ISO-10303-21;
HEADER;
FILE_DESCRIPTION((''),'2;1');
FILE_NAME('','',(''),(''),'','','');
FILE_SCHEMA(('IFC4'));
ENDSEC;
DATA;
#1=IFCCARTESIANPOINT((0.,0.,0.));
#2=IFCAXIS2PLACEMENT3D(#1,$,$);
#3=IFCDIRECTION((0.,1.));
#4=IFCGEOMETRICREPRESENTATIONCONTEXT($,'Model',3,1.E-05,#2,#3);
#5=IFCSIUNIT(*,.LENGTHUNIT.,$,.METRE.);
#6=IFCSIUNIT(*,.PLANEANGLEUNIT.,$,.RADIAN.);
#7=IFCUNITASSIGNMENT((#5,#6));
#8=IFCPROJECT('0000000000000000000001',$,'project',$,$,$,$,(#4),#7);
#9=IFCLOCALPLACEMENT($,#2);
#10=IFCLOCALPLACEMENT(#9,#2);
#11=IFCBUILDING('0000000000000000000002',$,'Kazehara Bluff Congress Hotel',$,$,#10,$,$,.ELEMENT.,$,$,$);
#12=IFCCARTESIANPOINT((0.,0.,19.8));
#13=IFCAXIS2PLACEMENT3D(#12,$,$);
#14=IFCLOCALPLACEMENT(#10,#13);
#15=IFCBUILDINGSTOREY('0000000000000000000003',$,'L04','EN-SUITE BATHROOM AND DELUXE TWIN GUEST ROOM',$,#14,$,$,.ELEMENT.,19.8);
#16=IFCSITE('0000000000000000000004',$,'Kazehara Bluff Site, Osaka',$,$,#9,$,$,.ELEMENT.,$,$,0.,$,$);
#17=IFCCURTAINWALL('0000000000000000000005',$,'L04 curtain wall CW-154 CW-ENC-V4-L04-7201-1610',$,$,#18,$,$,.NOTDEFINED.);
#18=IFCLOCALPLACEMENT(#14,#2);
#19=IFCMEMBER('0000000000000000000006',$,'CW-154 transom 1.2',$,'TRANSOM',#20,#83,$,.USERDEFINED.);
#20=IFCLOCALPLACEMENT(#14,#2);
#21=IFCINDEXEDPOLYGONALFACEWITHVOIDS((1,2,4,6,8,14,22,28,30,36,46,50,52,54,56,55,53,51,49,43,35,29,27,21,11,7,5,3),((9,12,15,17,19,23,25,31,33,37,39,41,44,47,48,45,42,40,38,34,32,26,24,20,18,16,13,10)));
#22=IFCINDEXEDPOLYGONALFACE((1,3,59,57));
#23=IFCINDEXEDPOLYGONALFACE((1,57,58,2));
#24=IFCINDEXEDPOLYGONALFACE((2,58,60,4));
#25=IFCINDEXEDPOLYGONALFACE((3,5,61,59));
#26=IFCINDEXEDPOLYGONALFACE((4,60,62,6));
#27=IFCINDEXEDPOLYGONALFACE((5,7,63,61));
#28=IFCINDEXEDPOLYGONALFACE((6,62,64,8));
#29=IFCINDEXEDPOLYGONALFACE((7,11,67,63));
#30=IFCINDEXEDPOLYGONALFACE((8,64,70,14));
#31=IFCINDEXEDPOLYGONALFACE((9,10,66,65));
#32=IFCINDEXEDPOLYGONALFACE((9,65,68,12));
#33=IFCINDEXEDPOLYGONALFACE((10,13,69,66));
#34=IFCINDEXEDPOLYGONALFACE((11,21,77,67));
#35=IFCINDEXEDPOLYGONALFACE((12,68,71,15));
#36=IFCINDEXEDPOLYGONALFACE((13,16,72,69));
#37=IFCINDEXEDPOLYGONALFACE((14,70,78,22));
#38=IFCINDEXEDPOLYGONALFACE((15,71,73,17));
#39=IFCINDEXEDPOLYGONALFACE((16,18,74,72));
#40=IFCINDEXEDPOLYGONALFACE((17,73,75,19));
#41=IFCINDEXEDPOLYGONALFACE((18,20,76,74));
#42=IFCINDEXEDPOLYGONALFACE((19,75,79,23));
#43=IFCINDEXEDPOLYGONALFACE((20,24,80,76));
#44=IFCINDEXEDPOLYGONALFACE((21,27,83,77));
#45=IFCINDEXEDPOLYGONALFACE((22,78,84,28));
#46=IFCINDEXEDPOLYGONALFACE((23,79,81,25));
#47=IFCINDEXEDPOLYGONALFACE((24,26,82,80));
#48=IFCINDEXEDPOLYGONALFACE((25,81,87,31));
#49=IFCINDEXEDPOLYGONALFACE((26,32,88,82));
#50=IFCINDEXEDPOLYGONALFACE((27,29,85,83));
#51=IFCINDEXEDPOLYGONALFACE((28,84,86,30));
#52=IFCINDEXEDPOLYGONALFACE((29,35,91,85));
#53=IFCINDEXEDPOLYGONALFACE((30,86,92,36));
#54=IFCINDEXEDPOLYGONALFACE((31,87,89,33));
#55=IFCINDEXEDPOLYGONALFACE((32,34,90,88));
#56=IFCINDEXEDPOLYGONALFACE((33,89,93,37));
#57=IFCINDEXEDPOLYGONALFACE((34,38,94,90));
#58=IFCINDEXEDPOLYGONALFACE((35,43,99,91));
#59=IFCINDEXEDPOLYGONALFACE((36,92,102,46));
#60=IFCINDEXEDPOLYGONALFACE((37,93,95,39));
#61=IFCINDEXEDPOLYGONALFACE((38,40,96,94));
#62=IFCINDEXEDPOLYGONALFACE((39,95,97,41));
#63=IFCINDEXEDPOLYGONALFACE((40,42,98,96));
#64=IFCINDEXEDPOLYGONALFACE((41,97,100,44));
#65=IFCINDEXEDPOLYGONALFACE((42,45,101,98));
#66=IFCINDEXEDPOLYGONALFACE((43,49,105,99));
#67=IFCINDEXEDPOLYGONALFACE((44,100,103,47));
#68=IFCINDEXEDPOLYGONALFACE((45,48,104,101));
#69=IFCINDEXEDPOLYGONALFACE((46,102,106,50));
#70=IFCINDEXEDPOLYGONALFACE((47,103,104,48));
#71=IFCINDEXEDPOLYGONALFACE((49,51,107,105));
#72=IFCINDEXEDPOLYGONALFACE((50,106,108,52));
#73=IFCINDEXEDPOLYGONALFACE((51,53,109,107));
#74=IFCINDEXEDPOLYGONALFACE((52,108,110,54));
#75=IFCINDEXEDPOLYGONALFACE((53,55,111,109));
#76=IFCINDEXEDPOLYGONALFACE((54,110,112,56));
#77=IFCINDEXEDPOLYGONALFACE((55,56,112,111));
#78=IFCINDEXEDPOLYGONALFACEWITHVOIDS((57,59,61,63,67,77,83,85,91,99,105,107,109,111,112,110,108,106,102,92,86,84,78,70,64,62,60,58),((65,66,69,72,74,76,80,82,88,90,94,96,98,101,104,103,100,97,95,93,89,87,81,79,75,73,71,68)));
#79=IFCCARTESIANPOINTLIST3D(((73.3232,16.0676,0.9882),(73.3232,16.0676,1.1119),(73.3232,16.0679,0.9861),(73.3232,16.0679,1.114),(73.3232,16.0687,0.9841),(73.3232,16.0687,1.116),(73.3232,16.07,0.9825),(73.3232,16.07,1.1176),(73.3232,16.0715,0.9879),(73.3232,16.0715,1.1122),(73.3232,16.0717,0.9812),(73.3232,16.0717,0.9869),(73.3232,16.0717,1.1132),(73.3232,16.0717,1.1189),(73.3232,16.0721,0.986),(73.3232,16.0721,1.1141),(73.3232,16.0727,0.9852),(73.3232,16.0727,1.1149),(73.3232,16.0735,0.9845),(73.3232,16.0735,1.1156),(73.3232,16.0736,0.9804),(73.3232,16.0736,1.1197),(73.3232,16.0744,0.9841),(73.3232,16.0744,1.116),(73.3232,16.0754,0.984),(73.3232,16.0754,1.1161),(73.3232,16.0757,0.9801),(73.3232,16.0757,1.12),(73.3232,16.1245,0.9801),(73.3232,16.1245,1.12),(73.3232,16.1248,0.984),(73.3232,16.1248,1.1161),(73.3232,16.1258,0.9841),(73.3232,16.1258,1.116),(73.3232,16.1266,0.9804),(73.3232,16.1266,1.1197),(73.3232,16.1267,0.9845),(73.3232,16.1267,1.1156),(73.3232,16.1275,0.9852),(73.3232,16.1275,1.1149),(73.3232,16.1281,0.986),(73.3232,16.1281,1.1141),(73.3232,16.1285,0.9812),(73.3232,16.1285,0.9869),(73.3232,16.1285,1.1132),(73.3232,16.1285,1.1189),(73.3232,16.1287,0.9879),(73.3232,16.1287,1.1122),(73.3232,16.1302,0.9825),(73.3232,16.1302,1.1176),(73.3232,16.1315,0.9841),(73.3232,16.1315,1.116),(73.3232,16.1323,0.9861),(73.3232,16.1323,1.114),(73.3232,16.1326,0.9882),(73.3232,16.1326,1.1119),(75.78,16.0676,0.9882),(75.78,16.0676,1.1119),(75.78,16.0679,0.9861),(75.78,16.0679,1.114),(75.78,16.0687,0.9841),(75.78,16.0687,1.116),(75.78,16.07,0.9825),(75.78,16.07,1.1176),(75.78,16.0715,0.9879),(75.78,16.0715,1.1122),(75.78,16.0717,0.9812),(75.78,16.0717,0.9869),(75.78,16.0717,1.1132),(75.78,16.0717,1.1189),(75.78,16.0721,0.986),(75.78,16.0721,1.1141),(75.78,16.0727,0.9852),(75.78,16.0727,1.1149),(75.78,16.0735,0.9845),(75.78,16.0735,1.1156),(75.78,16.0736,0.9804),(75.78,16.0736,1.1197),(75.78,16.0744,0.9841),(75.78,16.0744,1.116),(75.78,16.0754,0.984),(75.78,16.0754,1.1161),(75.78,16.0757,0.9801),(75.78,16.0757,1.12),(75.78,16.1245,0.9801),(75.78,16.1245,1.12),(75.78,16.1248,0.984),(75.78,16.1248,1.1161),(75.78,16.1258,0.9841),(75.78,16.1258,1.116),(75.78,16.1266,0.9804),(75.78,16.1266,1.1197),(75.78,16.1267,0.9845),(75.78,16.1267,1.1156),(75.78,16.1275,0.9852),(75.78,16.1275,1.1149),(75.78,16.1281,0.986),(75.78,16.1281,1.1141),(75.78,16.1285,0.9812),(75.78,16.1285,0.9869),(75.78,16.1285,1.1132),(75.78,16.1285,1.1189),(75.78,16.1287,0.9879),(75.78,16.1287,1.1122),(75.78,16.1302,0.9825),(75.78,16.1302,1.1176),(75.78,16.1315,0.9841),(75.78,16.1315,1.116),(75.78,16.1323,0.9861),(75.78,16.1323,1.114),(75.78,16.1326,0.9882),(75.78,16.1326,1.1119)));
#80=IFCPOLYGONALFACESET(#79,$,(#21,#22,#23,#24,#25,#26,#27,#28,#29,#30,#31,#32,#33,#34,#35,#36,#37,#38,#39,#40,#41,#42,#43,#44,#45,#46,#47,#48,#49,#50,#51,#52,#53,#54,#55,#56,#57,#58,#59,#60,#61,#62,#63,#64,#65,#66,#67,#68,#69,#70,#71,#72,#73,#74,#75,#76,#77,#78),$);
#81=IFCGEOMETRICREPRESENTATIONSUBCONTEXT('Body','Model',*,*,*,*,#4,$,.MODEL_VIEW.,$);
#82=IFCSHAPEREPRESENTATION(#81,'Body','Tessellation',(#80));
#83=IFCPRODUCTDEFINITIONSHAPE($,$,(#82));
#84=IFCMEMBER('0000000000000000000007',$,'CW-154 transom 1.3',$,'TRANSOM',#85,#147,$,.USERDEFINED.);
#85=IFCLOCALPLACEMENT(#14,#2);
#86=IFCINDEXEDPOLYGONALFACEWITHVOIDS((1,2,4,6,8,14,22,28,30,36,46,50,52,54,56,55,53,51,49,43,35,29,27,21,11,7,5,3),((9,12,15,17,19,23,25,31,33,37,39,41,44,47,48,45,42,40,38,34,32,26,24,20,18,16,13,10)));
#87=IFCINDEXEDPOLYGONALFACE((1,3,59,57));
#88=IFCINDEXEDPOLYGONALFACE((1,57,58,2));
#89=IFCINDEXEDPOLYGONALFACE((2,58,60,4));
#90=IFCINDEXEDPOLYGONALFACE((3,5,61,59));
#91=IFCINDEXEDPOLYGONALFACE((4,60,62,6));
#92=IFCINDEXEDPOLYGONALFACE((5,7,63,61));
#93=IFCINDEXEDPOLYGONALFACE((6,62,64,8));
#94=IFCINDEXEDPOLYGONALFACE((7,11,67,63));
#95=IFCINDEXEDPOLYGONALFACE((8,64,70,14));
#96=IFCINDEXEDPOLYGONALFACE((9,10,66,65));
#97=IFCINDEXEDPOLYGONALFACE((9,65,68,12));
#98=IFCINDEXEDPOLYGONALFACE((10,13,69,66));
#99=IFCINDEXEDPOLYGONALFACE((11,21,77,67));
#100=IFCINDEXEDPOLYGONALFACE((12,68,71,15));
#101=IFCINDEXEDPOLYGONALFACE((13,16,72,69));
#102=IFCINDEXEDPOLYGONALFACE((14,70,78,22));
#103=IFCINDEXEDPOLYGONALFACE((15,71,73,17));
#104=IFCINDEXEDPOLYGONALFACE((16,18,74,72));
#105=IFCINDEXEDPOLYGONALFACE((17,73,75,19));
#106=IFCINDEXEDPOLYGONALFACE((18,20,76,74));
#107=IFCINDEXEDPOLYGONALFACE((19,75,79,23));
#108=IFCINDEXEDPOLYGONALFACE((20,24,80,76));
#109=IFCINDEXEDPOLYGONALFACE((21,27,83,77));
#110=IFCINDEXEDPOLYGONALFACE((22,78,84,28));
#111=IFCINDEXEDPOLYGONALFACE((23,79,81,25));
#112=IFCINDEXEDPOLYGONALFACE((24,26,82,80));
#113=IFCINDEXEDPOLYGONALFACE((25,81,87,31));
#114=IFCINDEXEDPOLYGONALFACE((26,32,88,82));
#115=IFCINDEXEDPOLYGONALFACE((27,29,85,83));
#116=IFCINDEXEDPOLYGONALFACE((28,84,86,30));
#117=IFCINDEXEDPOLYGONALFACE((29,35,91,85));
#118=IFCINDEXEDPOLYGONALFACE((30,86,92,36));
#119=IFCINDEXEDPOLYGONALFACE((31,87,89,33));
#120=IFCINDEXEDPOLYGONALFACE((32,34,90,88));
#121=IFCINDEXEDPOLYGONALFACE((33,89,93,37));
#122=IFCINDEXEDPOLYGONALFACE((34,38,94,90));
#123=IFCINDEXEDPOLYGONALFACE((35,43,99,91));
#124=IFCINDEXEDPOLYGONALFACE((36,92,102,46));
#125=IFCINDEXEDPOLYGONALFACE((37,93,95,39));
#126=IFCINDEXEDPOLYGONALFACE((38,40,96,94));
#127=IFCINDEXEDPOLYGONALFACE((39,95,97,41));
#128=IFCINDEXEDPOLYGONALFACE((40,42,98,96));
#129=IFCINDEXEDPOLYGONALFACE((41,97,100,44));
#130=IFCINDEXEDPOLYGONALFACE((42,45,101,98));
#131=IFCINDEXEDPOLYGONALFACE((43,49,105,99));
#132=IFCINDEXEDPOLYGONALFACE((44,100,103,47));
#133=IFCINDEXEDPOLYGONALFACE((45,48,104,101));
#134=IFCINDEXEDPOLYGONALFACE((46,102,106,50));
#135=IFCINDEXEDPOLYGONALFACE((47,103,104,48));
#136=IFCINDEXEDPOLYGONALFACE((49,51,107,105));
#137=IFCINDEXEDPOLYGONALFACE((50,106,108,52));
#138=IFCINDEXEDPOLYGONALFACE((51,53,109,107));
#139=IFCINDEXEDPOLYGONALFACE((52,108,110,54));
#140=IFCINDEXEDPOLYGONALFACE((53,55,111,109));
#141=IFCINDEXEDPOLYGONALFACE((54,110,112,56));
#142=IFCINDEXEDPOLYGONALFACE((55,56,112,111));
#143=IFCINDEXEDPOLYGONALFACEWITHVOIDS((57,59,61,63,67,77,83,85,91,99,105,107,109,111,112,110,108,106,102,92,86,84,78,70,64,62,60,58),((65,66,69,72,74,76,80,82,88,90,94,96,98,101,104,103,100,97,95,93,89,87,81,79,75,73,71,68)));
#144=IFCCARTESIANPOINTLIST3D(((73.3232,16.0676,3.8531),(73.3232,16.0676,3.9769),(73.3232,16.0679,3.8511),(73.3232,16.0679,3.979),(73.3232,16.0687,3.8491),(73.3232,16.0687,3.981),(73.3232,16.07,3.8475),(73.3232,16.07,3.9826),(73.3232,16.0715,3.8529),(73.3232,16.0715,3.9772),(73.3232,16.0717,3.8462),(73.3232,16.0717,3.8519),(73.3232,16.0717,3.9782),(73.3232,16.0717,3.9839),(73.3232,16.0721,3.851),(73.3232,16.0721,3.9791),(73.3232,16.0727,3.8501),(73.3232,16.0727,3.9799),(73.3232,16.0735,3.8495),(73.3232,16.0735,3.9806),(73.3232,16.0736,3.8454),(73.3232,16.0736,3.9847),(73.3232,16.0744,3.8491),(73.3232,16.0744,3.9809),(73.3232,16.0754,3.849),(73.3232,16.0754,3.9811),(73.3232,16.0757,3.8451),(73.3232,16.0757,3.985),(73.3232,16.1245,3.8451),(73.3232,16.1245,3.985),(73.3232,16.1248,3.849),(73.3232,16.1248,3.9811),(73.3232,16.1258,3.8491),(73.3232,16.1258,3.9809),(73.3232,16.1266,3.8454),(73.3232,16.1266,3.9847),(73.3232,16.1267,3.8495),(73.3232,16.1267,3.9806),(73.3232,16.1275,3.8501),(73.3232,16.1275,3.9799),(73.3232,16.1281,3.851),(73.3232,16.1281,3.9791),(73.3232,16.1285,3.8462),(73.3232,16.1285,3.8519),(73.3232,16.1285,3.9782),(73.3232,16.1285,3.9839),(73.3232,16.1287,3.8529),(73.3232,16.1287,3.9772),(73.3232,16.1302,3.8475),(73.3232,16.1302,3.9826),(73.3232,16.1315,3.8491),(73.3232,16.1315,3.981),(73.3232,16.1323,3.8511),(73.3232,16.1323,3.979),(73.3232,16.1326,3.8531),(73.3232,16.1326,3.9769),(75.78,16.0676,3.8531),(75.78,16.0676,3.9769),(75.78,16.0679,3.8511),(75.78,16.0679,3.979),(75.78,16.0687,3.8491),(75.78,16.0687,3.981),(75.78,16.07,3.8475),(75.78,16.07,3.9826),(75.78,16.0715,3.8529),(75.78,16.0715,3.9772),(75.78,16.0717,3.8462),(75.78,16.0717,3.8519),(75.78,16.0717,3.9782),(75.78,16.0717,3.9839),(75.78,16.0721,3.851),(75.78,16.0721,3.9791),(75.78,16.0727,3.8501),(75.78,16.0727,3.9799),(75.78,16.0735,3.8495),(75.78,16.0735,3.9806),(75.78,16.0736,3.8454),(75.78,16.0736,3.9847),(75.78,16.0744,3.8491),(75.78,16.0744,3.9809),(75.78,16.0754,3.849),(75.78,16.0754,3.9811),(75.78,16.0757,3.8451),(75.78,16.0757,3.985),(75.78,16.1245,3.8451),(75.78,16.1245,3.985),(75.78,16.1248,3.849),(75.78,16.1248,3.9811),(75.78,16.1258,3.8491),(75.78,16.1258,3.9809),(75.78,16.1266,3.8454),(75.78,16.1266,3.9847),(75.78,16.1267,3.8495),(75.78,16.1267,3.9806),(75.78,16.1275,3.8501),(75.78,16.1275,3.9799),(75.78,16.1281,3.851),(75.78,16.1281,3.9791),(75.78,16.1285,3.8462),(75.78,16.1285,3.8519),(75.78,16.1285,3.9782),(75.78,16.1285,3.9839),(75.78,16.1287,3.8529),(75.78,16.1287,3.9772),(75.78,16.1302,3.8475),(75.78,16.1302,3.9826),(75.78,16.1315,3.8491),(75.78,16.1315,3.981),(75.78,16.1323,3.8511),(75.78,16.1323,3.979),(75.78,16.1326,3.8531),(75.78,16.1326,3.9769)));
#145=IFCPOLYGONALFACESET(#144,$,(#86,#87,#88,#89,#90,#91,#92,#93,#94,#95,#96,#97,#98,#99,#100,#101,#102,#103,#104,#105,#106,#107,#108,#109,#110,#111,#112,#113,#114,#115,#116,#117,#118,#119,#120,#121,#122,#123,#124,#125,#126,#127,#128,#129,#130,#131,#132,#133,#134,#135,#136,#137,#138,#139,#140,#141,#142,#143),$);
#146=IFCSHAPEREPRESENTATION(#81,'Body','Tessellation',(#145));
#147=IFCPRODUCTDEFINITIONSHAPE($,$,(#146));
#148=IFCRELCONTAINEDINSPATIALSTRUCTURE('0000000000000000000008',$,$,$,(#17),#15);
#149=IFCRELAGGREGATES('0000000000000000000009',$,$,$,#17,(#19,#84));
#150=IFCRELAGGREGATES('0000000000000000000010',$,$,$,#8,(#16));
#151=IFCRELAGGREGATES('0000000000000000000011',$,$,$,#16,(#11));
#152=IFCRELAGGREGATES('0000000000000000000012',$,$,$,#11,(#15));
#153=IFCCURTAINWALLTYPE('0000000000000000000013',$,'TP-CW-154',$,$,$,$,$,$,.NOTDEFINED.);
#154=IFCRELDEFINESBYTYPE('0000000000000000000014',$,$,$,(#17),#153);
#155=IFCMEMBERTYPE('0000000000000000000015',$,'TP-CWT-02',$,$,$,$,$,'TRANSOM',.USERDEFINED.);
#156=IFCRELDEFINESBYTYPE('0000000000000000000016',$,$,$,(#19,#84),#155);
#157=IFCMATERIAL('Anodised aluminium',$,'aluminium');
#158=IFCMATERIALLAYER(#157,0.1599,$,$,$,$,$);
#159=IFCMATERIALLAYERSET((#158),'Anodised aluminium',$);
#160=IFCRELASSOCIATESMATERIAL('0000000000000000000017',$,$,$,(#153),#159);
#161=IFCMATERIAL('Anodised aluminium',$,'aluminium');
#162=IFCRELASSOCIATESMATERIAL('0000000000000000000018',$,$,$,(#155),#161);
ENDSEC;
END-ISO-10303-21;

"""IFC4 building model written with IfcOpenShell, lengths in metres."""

from ifc_helpers import new_model, si_unit, direction, frame, origin, origin_2d, place, context, subcontext, project, spatial, hollow_rectangle, extrude, material, layer, layer_set, material_profile, profile_set, type_object, element, aggregate, save


model = new_model("IFC4")

# Units and contexts
model_context = context("Model", 3, precision=1e-05, world=origin(), true_north=direction((0.0, 1.0)))
body_context = subcontext(model_context, "Body", "Model", "MODEL_VIEW")
ifc_project = project(units=[si_unit("LENGTHUNIT", "METRE"), si_unit("PLANEANGLEUNIT", "RADIAN")], contexts=[model_context])

# Site, building, storey
site_placement = place(None, origin())
site = spatial("IfcSite", under=ifc_project, at=site_placement, Name="Kazehara Bluff Site, Osaka", CompositionType="ELEMENT", RefElevation=0.0)
building_placement = place(site_placement, origin())
building = spatial("IfcBuilding", under=site, at=building_placement, Name="Kazehara Bluff Congress Hotel", CompositionType="ELEMENT")
storey_placement = place(building_placement, frame((0.0, 0.0, 19.8)))
storey = spatial("IfcBuildingStorey", under=building, at=storey_placement, Name="L04", Description="EN-SUITE BATHROOM AND DELUXE TWIN GUEST ROOM", CompositionType="ELEMENT", Elevation=19.8)

# Curtain wall, members
ifc_material_1 = material(Name="Anodised aluminium", Category="aluminium")
ifc_layer_1 = layer(ifc_material_1, 0.1599)
ifc_layer_set_1 = layer_set([ifc_layer_1], Name="Anodised aluminium")
curtain_wall_type_1 = type_object("IfcCurtainWallType", Name="TP-CW-154", PredefinedType="NOTDEFINED", material=ifc_layer_set_1)
curtain_wall_1_placement = place(storey_placement, origin())
curtain_wall_1 = element("IfcCurtainWall", 1, at=curtain_wall_1_placement, inside=storey, type_object=curtain_wall_type_1, Name="L04 curtain wall CW-154 CW-ENC-V4-L04-7201-1610", PredefinedType="NOTDEFINED")
ifc_material_2 = material(Name="Anodised aluminium", Category="aluminium")
ifc_material_profile_1 = material_profile(ifc_material_2, hollow_rectangle(XDim=0.0649, YDim=0.1399, WallThickness=0.0039, InnerFilletRadius=0.0039, OuterFilletRadius=0.0081, at=origin_2d()))
ifc_profile_set_1 = profile_set([ifc_material_profile_1], Name="Anodised aluminium")
member_type_1 = type_object("IfcMemberType", Name="TP-CWT-02", ElementType="TRANSOM", PredefinedType="USERDEFINED", material=ifc_profile_set_1)
member_1_placement = place(storey_placement, frame((75.78, 16.1001, 1.05), z_axis=(-1.0, 0.0, 0.0), x_axis=(0.0, -1.0, 0.0)))
member_1 = element("IfcMember", 2, at=member_1_placement, type_object=member_type_1, Name="CW-154 transom 1.2", ObjectType="TRANSOM", PredefinedType="USERDEFINED", context=body_context, shape_type="SweptSolid", body=[
    extrude(hollow_rectangle(XDim=0.0649, YDim=0.1399, WallThickness=0.0039, InnerFilletRadius=0.0039, OuterFilletRadius=0.0081, at=origin_2d()), origin(), (0.0, 0.0, 1.0), 2.4568),
])
member_2_placement = place(storey_placement, frame((75.78, 16.1001, 3.915), z_axis=(-1.0, 0.0, 0.0), x_axis=(0.0, -1.0, 0.0)))
member_2 = element("IfcMember", 3, at=member_2_placement, type_object=member_type_1, Name="CW-154 transom 1.3", ObjectType="TRANSOM", PredefinedType="USERDEFINED", context=body_context, shape_type="SweptSolid", body=[
    extrude(hollow_rectangle(XDim=0.0649, YDim=0.1399, WallThickness=0.0039, InnerFilletRadius=0.0039, OuterFilletRadius=0.0081, at=origin_2d()), origin(), (0.0, 0.0, 1.0), 2.4568),
])

aggregate(curtain_wall_1, [member_1, member_2])

save(model, "model.ifc")
